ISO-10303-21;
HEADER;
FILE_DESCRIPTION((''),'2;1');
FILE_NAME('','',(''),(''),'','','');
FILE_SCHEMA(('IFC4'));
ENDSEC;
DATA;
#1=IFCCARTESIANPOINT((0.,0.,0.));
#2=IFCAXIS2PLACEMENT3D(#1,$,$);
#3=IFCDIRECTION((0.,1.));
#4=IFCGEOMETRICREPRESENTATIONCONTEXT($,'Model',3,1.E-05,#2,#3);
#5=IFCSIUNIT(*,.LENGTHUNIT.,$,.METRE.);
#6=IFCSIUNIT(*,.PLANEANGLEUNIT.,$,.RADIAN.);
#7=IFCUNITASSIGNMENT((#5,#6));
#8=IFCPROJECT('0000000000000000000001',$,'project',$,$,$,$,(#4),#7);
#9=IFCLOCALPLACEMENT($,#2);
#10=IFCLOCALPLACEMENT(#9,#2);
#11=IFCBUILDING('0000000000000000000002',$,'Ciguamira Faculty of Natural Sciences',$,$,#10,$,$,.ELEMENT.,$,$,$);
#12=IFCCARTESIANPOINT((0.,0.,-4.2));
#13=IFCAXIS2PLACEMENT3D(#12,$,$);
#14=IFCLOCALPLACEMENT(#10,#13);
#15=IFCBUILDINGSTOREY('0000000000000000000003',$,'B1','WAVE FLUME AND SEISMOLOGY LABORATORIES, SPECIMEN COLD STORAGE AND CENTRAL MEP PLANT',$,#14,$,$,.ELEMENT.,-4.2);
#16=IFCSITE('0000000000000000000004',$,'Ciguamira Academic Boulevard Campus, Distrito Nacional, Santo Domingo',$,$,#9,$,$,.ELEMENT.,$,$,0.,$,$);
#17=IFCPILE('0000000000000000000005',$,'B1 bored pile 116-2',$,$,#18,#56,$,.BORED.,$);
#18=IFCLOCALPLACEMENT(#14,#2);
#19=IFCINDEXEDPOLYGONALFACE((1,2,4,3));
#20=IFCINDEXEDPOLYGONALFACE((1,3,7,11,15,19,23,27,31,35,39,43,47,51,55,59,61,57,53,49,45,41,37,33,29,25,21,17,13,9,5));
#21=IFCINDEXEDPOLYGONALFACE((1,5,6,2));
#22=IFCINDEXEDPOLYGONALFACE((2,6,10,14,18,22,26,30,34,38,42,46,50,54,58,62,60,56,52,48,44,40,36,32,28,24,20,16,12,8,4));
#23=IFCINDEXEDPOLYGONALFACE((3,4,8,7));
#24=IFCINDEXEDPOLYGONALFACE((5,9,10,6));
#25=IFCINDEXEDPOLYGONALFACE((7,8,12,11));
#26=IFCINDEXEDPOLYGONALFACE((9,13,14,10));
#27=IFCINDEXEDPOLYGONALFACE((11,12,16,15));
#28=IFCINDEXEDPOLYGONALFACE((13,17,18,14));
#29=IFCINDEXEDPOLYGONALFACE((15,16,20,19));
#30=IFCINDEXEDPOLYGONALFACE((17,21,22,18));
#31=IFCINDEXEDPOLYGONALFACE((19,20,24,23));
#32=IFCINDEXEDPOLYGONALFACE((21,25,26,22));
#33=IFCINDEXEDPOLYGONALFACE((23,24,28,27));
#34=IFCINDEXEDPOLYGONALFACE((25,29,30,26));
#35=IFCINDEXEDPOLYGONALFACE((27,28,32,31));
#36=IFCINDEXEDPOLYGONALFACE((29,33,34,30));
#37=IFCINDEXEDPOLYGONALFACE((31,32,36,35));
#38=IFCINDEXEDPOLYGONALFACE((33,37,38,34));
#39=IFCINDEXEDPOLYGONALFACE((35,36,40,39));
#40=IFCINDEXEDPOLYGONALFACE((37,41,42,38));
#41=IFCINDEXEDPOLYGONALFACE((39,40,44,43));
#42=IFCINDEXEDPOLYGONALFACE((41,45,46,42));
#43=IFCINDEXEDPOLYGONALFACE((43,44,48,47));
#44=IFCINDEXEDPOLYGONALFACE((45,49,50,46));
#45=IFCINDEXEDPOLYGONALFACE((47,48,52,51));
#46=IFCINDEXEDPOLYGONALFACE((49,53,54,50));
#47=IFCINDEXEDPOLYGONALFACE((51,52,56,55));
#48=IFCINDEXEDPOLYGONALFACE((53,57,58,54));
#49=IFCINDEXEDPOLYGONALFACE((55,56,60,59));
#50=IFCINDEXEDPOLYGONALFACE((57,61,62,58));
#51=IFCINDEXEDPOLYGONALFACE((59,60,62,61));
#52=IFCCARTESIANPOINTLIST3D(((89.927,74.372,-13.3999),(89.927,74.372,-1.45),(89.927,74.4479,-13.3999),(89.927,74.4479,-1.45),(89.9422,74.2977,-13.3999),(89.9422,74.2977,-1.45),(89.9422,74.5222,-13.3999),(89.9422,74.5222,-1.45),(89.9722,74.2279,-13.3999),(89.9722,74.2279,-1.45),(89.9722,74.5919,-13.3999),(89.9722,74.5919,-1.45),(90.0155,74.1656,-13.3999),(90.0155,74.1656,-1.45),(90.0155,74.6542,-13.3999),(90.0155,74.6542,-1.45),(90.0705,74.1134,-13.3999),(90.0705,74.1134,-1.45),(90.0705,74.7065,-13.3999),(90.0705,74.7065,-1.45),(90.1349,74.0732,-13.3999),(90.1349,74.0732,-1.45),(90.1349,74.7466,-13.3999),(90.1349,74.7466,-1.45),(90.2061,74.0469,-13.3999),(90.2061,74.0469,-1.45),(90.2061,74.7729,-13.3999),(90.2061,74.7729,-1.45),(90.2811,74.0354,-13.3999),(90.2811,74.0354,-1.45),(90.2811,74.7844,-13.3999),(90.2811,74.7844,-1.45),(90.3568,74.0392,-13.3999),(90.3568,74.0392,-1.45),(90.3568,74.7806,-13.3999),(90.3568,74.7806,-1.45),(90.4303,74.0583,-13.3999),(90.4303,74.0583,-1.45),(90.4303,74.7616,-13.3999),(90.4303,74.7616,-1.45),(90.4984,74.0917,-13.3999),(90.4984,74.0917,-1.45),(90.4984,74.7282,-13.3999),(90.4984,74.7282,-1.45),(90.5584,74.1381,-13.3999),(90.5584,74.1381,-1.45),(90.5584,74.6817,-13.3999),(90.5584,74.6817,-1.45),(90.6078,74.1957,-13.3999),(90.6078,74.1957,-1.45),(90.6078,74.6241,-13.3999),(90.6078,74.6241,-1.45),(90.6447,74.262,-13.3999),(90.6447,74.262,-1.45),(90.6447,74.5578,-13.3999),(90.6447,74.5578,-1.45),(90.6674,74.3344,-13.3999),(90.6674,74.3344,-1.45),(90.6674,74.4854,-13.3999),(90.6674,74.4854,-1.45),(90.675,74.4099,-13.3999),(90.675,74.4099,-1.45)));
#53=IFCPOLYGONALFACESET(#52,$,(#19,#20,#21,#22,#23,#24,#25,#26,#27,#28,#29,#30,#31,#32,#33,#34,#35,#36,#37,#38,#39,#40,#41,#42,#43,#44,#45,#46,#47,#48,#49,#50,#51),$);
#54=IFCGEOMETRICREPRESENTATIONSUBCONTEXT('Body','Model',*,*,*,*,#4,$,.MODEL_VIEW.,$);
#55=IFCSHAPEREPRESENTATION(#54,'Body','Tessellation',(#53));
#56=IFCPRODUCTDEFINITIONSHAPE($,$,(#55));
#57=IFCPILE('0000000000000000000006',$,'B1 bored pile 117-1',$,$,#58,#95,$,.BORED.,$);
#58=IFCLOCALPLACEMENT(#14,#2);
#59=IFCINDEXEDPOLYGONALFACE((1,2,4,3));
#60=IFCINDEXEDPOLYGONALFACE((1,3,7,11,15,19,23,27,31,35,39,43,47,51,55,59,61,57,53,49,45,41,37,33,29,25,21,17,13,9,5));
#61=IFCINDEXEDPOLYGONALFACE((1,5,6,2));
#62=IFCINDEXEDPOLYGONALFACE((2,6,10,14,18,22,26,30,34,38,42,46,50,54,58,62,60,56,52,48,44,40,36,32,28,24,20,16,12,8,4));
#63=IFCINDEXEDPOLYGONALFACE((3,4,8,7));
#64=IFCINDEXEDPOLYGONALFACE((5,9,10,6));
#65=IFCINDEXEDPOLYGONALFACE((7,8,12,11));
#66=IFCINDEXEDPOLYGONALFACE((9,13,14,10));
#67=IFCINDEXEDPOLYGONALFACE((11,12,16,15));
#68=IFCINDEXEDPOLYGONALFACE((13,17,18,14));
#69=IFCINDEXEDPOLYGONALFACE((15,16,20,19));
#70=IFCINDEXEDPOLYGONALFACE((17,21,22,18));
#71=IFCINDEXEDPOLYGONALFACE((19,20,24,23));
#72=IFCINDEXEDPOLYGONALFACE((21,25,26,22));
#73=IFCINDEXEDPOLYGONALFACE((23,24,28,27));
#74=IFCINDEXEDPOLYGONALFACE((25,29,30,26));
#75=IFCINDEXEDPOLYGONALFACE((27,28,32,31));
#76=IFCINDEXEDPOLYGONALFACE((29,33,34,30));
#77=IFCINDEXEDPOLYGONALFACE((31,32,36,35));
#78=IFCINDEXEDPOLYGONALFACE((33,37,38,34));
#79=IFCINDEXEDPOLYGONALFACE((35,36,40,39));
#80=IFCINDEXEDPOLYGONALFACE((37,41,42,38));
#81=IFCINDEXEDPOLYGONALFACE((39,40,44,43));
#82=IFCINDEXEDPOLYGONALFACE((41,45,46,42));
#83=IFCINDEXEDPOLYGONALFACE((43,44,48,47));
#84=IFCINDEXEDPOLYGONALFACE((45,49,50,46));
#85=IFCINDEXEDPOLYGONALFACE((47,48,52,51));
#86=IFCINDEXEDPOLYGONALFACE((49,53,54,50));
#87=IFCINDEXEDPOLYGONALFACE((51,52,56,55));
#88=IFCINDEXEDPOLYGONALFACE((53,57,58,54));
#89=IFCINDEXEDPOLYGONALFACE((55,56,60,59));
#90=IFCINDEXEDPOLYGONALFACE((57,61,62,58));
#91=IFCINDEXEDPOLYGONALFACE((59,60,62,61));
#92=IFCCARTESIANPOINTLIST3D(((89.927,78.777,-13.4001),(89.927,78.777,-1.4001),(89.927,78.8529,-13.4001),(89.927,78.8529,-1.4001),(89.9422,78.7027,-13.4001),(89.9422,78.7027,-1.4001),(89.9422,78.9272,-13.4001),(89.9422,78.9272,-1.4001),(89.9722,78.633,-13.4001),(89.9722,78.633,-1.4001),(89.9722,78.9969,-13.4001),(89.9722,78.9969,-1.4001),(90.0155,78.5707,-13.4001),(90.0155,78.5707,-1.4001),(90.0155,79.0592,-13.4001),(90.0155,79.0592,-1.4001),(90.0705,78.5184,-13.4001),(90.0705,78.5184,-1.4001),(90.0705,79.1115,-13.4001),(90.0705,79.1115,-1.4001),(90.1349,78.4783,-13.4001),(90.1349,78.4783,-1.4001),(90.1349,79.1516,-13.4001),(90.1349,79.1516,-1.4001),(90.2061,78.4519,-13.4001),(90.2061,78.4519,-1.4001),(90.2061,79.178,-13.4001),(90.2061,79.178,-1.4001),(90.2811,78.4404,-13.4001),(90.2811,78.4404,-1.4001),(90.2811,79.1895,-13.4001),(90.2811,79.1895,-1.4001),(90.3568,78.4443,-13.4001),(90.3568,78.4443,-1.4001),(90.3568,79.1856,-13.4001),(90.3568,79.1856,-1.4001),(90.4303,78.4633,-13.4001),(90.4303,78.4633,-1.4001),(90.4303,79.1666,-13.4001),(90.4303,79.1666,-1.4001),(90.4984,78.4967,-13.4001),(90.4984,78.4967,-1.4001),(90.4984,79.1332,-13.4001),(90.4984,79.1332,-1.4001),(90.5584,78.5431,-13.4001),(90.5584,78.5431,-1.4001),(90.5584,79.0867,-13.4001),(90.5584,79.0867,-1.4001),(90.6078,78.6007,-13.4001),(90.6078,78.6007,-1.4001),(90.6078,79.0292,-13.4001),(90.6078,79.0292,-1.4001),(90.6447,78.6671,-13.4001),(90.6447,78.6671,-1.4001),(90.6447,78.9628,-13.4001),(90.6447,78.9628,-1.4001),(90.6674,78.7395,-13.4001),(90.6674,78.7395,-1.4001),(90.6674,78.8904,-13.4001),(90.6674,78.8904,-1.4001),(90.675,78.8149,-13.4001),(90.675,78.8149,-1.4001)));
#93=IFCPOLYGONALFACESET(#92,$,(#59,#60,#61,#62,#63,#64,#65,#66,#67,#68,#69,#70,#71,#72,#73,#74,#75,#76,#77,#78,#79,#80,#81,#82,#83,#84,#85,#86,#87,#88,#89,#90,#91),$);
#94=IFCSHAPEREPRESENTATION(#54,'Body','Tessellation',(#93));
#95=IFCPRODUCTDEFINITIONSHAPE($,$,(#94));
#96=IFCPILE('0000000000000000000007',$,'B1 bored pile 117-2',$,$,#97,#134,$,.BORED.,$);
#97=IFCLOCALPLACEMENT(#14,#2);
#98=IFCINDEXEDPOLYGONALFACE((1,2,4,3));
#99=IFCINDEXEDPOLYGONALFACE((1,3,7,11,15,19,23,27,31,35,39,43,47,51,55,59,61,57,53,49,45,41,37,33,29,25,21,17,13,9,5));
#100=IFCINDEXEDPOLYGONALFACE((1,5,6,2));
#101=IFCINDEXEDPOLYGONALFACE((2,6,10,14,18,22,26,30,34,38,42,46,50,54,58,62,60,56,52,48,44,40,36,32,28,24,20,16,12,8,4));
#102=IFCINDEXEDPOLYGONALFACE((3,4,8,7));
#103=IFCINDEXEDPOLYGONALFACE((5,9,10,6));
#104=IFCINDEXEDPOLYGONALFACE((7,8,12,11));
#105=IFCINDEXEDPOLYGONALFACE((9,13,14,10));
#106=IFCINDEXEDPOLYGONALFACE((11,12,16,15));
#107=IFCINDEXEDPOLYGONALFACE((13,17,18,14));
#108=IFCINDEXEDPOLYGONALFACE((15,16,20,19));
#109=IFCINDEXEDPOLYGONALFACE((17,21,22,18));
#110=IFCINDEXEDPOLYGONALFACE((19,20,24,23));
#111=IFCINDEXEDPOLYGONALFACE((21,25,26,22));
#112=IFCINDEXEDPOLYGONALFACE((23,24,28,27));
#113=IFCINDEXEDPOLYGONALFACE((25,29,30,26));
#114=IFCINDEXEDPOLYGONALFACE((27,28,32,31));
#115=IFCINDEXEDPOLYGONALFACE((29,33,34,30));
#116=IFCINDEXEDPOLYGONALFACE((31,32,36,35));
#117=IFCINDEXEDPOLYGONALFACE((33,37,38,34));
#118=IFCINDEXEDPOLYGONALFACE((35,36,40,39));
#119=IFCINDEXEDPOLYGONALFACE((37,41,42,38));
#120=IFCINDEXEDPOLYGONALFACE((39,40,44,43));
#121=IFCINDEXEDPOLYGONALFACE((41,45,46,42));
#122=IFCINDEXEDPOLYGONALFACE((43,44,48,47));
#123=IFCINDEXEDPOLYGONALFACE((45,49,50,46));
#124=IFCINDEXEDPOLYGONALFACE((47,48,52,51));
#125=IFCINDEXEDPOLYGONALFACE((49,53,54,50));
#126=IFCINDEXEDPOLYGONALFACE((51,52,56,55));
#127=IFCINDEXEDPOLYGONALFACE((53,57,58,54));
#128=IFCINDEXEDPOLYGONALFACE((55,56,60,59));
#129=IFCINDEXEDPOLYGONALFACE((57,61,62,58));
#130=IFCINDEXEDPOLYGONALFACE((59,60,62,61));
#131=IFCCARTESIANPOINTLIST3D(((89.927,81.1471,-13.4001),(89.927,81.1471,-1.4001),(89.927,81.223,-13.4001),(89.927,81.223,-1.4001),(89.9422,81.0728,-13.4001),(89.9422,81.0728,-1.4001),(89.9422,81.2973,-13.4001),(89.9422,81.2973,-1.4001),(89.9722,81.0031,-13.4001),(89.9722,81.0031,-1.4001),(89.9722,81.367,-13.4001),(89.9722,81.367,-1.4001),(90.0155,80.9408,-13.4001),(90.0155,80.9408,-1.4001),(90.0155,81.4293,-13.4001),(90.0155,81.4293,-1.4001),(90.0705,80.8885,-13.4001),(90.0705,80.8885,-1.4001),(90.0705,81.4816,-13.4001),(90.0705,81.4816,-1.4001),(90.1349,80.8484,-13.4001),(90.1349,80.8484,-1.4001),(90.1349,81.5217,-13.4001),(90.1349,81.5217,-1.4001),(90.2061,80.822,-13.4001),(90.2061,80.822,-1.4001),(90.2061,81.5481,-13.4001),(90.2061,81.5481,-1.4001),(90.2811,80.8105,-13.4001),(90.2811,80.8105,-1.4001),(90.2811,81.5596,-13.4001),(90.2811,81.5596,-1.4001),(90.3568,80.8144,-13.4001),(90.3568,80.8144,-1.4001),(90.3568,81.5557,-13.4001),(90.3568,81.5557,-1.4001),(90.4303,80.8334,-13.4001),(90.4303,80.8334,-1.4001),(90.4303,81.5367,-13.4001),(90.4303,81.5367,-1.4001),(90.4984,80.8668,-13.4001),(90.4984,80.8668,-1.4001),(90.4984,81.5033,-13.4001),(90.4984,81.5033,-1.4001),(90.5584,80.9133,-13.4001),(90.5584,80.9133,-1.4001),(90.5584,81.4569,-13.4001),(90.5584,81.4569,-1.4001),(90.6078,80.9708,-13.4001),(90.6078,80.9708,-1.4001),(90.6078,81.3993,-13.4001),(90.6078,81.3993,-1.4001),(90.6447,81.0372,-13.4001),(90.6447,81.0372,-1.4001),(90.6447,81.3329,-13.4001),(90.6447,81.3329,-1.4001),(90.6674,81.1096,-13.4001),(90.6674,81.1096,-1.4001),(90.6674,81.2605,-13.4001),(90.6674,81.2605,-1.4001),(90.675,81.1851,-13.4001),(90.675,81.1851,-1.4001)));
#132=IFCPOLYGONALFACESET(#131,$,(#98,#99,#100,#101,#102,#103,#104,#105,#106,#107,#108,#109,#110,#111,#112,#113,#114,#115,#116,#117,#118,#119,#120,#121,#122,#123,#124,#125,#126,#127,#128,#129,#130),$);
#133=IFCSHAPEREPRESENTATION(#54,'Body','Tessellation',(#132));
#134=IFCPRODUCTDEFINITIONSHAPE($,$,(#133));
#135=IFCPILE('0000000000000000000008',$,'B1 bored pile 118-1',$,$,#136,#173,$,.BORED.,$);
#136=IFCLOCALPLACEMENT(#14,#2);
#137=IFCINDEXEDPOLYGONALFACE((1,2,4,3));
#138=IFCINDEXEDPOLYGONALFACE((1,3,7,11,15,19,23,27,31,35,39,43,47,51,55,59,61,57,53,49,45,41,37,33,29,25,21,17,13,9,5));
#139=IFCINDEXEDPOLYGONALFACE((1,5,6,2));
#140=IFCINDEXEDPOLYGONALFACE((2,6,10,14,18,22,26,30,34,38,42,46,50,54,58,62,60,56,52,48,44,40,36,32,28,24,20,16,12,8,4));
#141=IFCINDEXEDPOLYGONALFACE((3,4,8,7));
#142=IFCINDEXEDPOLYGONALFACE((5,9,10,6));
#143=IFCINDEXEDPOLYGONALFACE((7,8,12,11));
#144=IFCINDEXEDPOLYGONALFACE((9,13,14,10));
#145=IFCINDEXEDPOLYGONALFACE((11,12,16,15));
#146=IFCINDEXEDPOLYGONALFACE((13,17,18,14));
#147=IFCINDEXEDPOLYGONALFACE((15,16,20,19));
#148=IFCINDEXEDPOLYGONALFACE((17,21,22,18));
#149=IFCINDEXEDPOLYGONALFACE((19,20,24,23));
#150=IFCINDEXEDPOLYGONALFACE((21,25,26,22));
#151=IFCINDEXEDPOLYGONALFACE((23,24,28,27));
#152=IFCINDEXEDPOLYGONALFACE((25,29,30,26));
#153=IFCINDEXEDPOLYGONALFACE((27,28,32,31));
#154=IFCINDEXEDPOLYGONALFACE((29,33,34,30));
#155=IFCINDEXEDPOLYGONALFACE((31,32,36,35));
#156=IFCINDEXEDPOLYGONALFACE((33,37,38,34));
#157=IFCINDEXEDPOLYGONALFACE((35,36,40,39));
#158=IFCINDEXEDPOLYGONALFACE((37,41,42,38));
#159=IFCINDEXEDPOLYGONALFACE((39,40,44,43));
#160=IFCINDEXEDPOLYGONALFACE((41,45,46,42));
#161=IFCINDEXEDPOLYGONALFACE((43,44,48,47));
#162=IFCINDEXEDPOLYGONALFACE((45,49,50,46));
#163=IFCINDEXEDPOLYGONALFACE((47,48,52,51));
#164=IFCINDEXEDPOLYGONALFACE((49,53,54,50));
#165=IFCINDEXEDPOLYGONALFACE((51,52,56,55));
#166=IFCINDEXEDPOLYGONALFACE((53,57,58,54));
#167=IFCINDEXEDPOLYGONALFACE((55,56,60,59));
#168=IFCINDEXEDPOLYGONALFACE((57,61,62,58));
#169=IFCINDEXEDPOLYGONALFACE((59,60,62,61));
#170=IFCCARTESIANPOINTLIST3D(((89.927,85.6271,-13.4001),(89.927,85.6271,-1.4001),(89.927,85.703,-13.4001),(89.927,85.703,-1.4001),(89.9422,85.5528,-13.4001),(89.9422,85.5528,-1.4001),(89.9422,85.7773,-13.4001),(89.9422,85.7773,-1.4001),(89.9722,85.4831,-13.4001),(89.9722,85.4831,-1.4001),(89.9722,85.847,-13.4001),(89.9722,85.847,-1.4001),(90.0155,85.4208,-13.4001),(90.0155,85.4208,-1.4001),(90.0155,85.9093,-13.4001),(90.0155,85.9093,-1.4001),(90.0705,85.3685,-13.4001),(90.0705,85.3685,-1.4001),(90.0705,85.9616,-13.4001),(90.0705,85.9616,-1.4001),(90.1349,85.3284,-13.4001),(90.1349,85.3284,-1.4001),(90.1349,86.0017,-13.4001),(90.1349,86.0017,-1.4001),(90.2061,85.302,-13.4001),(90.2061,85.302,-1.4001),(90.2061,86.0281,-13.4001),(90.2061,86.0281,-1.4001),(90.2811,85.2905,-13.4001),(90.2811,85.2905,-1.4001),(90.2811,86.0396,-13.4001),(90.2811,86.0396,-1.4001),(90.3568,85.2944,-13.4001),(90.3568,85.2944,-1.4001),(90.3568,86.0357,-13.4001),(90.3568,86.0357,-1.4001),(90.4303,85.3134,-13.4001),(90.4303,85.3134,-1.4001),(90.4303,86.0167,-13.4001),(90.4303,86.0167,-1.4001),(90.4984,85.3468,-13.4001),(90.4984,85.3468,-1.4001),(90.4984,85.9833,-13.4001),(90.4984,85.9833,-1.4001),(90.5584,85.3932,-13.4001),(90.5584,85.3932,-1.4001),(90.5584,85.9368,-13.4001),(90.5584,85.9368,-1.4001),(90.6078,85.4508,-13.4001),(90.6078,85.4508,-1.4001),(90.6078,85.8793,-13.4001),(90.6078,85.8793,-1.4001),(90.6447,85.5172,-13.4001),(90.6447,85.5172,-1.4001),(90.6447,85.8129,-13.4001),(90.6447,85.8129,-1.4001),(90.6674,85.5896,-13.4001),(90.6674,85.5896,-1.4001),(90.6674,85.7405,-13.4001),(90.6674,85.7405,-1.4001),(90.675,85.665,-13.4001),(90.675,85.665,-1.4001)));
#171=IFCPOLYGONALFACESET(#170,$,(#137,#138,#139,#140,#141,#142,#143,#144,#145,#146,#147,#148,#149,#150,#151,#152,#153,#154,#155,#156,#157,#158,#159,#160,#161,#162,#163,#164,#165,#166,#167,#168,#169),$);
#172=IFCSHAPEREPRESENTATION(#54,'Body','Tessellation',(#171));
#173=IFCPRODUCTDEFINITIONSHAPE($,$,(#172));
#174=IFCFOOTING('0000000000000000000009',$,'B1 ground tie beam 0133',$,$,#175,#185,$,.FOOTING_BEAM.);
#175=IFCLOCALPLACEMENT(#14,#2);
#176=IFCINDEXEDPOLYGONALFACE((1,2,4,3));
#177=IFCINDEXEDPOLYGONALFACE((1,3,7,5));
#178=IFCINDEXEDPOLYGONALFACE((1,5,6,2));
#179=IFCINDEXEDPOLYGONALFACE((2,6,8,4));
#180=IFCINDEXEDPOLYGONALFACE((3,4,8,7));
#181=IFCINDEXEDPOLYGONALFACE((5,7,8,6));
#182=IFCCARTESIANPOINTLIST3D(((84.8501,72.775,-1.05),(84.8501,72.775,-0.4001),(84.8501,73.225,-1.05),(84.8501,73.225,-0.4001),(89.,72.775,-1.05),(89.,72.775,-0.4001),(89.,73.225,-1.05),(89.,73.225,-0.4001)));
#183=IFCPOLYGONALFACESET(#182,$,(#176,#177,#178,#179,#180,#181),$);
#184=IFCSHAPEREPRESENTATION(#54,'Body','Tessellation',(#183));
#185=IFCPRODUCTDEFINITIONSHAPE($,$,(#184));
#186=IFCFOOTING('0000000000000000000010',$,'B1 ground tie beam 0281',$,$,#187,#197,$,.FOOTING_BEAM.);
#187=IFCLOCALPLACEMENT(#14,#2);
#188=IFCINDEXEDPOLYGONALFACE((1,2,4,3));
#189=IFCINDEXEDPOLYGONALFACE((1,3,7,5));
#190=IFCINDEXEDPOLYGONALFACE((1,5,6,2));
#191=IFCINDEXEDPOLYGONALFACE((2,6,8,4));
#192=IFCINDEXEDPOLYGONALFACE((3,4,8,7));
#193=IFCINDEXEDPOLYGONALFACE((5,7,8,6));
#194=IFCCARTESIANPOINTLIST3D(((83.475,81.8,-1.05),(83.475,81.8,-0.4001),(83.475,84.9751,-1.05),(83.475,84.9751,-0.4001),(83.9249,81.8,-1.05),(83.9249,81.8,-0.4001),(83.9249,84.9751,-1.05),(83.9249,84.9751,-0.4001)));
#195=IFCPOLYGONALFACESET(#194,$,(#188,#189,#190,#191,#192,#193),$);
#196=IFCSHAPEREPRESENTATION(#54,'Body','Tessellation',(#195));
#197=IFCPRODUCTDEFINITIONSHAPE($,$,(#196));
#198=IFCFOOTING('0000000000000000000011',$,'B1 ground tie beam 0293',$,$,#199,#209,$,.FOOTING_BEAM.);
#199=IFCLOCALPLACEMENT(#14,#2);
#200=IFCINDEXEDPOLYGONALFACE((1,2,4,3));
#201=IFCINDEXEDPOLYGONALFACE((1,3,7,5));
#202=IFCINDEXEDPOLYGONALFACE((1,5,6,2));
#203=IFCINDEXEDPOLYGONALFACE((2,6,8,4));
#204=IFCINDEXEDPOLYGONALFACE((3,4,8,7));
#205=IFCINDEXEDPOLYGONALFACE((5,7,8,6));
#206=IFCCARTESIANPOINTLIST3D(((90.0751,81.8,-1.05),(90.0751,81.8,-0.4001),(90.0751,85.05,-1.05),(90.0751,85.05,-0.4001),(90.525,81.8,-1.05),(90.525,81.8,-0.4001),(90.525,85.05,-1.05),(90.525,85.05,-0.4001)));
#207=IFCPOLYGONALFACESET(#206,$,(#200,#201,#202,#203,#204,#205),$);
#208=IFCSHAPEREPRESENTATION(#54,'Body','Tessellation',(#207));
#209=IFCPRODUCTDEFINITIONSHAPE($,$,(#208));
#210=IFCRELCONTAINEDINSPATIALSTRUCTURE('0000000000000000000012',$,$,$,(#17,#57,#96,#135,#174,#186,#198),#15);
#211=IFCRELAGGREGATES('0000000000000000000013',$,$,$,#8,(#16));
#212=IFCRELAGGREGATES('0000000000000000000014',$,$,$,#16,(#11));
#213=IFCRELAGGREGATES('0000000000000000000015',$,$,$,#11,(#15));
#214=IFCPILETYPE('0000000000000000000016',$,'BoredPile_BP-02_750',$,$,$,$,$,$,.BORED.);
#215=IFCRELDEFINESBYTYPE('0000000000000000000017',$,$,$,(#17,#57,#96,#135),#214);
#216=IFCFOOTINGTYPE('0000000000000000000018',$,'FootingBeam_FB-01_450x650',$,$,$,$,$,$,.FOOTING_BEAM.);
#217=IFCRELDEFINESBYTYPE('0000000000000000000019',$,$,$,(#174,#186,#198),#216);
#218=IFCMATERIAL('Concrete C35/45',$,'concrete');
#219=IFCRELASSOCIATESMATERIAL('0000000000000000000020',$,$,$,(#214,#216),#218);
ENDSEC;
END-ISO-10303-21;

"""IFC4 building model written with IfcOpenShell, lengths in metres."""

from ifc_helpers import new_model, si_unit, direction, frame, origin, origin_2d, place, context, subcontext, project, spatial, rectangle, circle, extrude, material, material_profile, profile_set, type_object, element, save


model = new_model("IFC4")

# Units and contexts
model_context = context("Model", 3, precision=1e-05, world=origin(), true_north=direction((0.0, 1.0)))
body_context = subcontext(model_context, "Body", "Model", "MODEL_VIEW")
ifc_project = project(units=[si_unit("LENGTHUNIT", "METRE"), si_unit("PLANEANGLEUNIT", "RADIAN")], contexts=[model_context])

# Site, building, storey
site_placement = place(None, origin())
site = spatial("IfcSite", under=ifc_project, at=site_placement, Name="Ciguamira Academic Boulevard Campus, Distrito Nacional, Santo Domingo", CompositionType="ELEMENT", RefElevation=0.0)
building_placement = place(site_placement, origin())
building = spatial("IfcBuilding", under=site, at=building_placement, Name="Ciguamira Faculty of Natural Sciences", CompositionType="ELEMENT")
storey_placement = place(building_placement, frame((0.0, 0.0, -4.2)))
storey = spatial("IfcBuildingStorey", under=building, at=storey_placement, Name="B1", Description="WAVE FLUME AND SEISMOLOGY LABORATORIES, SPECIMEN COLD STORAGE AND CENTRAL MEP PLANT", CompositionType="ELEMENT", Elevation=-4.2)

# Piles
ifc_material_1 = material(Name="Concrete C35/45", Category="concrete")
ifc_material_profile_1 = material_profile(ifc_material_1, circle(Radius=0.375, at=origin_2d()), Name="PILE-BORED-750")
ifc_profile_set_1 = profile_set([ifc_material_profile_1], Name="Concrete C35/45")
pile_type = type_object("IfcPileType", Name="BoredPile_BP-02_750", PredefinedType="BORED", material=ifc_profile_set_1)
pile_placement = place(storey_placement, frame((90.3, 74.4099, -1.45), z_axis=(0.0, 0.0, -1.0), x_axis=(1.0, 0.0, 0.0)))
element("IfcPile", 1, at=pile_placement, inside=storey, type_object=pile_type, Name="B1 bored pile 116-2", PredefinedType="BORED", context=body_context, shape_type="SweptSolid", body=[
    extrude(circle(Radius=0.375, at=origin_2d()), origin(), (0.0, 0.0, 1.0), 11.95),
])
for number, where, z_axis, x_axis, name in (
    (2, (90.3, 78.8149, -1.4001), (0.0, 0.0, -1.0), (1.0, 0.0, 0.0), "B1 bored pile 117-1"),
    (3, (90.3, 81.1851, -1.4001), (0.0, 0.0, -1.0), (1.0, 0.0, 0.0), "B1 bored pile 117-2"),
    (4, (90.3, 85.665, -1.4001), (0.0, 0.0, -1.0), (1.0, 0.0, 0.0), "B1 bored pile 118-1"),
):
    element("IfcPile", number, at=place(storey_placement, frame(where, z_axis=z_axis, x_axis=x_axis)), inside=storey, type_object=pile_type, Name=name, PredefinedType="BORED", context=body_context, shape_type="SweptSolid", body=[
        extrude(circle(Radius=0.375, at=origin_2d()), origin(), (0.0, 0.0, 1.0), 12.0),
    ])

# Footings
ifc_material_profile_2 = material_profile(ifc_material_1, rectangle(XDim=0.45, YDim=0.6499, at=origin_2d()), Name="RC-FB-450X650")
ifc_profile_set_2 = profile_set([ifc_material_profile_2], Name="Concrete C35/45")
footing_type_1 = type_object("IfcFootingType", Name="FootingBeam_FB-01_450x650", PredefinedType="FOOTING_BEAM", material=ifc_profile_set_2)
footing_1_placement = place(storey_placement, frame((84.8501, 73.0, -0.7251), z_axis=(1.0, 0.0, 0.0), x_axis=(0.0, 1.0, 0.0)))
element("IfcFooting", 5, at=footing_1_placement, inside=storey, type_object=footing_type_1, Name="B1 ground tie beam 0133", PredefinedType="FOOTING_BEAM", context=body_context, shape_type="SweptSolid", body=[
    extrude(rectangle(XDim=0.45, YDim=0.6499, at=origin_2d()), origin(), (0.0, 0.0, 1.0), 4.1499),
])
footing_2_placement = place(storey_placement, frame((83.7, 81.8, -0.7251), z_axis=(0.0, 1.0, 0.0), x_axis=(-1.0, 0.0, 0.0)))
element("IfcFooting", 6, at=footing_2_placement, inside=storey, type_object=footing_type_1, Name="B1 ground tie beam 0281", PredefinedType="FOOTING_BEAM", context=body_context, shape_type="SweptSolid", body=[
    extrude(rectangle(XDim=0.45, YDim=0.6499, at=origin_2d()), origin(), (0.0, 0.0, 1.0), 3.175),
])
footing_3_placement = place(storey_placement, frame((90.3, 81.8, -0.7251), z_axis=(0.0, 1.0, 0.0), x_axis=(-1.0, 0.0, 0.0)))
element("IfcFooting", 7, at=footing_3_placement, inside=storey, type_object=footing_type_1, Name="B1 ground tie beam 0293", PredefinedType="FOOTING_BEAM", context=body_context, shape_type="SweptSolid", body=[
    extrude(rectangle(XDim=0.45, YDim=0.6499, at=origin_2d()), origin(), (0.0, 0.0, 1.0), 3.25),
])

save(model, "model.ifc")
